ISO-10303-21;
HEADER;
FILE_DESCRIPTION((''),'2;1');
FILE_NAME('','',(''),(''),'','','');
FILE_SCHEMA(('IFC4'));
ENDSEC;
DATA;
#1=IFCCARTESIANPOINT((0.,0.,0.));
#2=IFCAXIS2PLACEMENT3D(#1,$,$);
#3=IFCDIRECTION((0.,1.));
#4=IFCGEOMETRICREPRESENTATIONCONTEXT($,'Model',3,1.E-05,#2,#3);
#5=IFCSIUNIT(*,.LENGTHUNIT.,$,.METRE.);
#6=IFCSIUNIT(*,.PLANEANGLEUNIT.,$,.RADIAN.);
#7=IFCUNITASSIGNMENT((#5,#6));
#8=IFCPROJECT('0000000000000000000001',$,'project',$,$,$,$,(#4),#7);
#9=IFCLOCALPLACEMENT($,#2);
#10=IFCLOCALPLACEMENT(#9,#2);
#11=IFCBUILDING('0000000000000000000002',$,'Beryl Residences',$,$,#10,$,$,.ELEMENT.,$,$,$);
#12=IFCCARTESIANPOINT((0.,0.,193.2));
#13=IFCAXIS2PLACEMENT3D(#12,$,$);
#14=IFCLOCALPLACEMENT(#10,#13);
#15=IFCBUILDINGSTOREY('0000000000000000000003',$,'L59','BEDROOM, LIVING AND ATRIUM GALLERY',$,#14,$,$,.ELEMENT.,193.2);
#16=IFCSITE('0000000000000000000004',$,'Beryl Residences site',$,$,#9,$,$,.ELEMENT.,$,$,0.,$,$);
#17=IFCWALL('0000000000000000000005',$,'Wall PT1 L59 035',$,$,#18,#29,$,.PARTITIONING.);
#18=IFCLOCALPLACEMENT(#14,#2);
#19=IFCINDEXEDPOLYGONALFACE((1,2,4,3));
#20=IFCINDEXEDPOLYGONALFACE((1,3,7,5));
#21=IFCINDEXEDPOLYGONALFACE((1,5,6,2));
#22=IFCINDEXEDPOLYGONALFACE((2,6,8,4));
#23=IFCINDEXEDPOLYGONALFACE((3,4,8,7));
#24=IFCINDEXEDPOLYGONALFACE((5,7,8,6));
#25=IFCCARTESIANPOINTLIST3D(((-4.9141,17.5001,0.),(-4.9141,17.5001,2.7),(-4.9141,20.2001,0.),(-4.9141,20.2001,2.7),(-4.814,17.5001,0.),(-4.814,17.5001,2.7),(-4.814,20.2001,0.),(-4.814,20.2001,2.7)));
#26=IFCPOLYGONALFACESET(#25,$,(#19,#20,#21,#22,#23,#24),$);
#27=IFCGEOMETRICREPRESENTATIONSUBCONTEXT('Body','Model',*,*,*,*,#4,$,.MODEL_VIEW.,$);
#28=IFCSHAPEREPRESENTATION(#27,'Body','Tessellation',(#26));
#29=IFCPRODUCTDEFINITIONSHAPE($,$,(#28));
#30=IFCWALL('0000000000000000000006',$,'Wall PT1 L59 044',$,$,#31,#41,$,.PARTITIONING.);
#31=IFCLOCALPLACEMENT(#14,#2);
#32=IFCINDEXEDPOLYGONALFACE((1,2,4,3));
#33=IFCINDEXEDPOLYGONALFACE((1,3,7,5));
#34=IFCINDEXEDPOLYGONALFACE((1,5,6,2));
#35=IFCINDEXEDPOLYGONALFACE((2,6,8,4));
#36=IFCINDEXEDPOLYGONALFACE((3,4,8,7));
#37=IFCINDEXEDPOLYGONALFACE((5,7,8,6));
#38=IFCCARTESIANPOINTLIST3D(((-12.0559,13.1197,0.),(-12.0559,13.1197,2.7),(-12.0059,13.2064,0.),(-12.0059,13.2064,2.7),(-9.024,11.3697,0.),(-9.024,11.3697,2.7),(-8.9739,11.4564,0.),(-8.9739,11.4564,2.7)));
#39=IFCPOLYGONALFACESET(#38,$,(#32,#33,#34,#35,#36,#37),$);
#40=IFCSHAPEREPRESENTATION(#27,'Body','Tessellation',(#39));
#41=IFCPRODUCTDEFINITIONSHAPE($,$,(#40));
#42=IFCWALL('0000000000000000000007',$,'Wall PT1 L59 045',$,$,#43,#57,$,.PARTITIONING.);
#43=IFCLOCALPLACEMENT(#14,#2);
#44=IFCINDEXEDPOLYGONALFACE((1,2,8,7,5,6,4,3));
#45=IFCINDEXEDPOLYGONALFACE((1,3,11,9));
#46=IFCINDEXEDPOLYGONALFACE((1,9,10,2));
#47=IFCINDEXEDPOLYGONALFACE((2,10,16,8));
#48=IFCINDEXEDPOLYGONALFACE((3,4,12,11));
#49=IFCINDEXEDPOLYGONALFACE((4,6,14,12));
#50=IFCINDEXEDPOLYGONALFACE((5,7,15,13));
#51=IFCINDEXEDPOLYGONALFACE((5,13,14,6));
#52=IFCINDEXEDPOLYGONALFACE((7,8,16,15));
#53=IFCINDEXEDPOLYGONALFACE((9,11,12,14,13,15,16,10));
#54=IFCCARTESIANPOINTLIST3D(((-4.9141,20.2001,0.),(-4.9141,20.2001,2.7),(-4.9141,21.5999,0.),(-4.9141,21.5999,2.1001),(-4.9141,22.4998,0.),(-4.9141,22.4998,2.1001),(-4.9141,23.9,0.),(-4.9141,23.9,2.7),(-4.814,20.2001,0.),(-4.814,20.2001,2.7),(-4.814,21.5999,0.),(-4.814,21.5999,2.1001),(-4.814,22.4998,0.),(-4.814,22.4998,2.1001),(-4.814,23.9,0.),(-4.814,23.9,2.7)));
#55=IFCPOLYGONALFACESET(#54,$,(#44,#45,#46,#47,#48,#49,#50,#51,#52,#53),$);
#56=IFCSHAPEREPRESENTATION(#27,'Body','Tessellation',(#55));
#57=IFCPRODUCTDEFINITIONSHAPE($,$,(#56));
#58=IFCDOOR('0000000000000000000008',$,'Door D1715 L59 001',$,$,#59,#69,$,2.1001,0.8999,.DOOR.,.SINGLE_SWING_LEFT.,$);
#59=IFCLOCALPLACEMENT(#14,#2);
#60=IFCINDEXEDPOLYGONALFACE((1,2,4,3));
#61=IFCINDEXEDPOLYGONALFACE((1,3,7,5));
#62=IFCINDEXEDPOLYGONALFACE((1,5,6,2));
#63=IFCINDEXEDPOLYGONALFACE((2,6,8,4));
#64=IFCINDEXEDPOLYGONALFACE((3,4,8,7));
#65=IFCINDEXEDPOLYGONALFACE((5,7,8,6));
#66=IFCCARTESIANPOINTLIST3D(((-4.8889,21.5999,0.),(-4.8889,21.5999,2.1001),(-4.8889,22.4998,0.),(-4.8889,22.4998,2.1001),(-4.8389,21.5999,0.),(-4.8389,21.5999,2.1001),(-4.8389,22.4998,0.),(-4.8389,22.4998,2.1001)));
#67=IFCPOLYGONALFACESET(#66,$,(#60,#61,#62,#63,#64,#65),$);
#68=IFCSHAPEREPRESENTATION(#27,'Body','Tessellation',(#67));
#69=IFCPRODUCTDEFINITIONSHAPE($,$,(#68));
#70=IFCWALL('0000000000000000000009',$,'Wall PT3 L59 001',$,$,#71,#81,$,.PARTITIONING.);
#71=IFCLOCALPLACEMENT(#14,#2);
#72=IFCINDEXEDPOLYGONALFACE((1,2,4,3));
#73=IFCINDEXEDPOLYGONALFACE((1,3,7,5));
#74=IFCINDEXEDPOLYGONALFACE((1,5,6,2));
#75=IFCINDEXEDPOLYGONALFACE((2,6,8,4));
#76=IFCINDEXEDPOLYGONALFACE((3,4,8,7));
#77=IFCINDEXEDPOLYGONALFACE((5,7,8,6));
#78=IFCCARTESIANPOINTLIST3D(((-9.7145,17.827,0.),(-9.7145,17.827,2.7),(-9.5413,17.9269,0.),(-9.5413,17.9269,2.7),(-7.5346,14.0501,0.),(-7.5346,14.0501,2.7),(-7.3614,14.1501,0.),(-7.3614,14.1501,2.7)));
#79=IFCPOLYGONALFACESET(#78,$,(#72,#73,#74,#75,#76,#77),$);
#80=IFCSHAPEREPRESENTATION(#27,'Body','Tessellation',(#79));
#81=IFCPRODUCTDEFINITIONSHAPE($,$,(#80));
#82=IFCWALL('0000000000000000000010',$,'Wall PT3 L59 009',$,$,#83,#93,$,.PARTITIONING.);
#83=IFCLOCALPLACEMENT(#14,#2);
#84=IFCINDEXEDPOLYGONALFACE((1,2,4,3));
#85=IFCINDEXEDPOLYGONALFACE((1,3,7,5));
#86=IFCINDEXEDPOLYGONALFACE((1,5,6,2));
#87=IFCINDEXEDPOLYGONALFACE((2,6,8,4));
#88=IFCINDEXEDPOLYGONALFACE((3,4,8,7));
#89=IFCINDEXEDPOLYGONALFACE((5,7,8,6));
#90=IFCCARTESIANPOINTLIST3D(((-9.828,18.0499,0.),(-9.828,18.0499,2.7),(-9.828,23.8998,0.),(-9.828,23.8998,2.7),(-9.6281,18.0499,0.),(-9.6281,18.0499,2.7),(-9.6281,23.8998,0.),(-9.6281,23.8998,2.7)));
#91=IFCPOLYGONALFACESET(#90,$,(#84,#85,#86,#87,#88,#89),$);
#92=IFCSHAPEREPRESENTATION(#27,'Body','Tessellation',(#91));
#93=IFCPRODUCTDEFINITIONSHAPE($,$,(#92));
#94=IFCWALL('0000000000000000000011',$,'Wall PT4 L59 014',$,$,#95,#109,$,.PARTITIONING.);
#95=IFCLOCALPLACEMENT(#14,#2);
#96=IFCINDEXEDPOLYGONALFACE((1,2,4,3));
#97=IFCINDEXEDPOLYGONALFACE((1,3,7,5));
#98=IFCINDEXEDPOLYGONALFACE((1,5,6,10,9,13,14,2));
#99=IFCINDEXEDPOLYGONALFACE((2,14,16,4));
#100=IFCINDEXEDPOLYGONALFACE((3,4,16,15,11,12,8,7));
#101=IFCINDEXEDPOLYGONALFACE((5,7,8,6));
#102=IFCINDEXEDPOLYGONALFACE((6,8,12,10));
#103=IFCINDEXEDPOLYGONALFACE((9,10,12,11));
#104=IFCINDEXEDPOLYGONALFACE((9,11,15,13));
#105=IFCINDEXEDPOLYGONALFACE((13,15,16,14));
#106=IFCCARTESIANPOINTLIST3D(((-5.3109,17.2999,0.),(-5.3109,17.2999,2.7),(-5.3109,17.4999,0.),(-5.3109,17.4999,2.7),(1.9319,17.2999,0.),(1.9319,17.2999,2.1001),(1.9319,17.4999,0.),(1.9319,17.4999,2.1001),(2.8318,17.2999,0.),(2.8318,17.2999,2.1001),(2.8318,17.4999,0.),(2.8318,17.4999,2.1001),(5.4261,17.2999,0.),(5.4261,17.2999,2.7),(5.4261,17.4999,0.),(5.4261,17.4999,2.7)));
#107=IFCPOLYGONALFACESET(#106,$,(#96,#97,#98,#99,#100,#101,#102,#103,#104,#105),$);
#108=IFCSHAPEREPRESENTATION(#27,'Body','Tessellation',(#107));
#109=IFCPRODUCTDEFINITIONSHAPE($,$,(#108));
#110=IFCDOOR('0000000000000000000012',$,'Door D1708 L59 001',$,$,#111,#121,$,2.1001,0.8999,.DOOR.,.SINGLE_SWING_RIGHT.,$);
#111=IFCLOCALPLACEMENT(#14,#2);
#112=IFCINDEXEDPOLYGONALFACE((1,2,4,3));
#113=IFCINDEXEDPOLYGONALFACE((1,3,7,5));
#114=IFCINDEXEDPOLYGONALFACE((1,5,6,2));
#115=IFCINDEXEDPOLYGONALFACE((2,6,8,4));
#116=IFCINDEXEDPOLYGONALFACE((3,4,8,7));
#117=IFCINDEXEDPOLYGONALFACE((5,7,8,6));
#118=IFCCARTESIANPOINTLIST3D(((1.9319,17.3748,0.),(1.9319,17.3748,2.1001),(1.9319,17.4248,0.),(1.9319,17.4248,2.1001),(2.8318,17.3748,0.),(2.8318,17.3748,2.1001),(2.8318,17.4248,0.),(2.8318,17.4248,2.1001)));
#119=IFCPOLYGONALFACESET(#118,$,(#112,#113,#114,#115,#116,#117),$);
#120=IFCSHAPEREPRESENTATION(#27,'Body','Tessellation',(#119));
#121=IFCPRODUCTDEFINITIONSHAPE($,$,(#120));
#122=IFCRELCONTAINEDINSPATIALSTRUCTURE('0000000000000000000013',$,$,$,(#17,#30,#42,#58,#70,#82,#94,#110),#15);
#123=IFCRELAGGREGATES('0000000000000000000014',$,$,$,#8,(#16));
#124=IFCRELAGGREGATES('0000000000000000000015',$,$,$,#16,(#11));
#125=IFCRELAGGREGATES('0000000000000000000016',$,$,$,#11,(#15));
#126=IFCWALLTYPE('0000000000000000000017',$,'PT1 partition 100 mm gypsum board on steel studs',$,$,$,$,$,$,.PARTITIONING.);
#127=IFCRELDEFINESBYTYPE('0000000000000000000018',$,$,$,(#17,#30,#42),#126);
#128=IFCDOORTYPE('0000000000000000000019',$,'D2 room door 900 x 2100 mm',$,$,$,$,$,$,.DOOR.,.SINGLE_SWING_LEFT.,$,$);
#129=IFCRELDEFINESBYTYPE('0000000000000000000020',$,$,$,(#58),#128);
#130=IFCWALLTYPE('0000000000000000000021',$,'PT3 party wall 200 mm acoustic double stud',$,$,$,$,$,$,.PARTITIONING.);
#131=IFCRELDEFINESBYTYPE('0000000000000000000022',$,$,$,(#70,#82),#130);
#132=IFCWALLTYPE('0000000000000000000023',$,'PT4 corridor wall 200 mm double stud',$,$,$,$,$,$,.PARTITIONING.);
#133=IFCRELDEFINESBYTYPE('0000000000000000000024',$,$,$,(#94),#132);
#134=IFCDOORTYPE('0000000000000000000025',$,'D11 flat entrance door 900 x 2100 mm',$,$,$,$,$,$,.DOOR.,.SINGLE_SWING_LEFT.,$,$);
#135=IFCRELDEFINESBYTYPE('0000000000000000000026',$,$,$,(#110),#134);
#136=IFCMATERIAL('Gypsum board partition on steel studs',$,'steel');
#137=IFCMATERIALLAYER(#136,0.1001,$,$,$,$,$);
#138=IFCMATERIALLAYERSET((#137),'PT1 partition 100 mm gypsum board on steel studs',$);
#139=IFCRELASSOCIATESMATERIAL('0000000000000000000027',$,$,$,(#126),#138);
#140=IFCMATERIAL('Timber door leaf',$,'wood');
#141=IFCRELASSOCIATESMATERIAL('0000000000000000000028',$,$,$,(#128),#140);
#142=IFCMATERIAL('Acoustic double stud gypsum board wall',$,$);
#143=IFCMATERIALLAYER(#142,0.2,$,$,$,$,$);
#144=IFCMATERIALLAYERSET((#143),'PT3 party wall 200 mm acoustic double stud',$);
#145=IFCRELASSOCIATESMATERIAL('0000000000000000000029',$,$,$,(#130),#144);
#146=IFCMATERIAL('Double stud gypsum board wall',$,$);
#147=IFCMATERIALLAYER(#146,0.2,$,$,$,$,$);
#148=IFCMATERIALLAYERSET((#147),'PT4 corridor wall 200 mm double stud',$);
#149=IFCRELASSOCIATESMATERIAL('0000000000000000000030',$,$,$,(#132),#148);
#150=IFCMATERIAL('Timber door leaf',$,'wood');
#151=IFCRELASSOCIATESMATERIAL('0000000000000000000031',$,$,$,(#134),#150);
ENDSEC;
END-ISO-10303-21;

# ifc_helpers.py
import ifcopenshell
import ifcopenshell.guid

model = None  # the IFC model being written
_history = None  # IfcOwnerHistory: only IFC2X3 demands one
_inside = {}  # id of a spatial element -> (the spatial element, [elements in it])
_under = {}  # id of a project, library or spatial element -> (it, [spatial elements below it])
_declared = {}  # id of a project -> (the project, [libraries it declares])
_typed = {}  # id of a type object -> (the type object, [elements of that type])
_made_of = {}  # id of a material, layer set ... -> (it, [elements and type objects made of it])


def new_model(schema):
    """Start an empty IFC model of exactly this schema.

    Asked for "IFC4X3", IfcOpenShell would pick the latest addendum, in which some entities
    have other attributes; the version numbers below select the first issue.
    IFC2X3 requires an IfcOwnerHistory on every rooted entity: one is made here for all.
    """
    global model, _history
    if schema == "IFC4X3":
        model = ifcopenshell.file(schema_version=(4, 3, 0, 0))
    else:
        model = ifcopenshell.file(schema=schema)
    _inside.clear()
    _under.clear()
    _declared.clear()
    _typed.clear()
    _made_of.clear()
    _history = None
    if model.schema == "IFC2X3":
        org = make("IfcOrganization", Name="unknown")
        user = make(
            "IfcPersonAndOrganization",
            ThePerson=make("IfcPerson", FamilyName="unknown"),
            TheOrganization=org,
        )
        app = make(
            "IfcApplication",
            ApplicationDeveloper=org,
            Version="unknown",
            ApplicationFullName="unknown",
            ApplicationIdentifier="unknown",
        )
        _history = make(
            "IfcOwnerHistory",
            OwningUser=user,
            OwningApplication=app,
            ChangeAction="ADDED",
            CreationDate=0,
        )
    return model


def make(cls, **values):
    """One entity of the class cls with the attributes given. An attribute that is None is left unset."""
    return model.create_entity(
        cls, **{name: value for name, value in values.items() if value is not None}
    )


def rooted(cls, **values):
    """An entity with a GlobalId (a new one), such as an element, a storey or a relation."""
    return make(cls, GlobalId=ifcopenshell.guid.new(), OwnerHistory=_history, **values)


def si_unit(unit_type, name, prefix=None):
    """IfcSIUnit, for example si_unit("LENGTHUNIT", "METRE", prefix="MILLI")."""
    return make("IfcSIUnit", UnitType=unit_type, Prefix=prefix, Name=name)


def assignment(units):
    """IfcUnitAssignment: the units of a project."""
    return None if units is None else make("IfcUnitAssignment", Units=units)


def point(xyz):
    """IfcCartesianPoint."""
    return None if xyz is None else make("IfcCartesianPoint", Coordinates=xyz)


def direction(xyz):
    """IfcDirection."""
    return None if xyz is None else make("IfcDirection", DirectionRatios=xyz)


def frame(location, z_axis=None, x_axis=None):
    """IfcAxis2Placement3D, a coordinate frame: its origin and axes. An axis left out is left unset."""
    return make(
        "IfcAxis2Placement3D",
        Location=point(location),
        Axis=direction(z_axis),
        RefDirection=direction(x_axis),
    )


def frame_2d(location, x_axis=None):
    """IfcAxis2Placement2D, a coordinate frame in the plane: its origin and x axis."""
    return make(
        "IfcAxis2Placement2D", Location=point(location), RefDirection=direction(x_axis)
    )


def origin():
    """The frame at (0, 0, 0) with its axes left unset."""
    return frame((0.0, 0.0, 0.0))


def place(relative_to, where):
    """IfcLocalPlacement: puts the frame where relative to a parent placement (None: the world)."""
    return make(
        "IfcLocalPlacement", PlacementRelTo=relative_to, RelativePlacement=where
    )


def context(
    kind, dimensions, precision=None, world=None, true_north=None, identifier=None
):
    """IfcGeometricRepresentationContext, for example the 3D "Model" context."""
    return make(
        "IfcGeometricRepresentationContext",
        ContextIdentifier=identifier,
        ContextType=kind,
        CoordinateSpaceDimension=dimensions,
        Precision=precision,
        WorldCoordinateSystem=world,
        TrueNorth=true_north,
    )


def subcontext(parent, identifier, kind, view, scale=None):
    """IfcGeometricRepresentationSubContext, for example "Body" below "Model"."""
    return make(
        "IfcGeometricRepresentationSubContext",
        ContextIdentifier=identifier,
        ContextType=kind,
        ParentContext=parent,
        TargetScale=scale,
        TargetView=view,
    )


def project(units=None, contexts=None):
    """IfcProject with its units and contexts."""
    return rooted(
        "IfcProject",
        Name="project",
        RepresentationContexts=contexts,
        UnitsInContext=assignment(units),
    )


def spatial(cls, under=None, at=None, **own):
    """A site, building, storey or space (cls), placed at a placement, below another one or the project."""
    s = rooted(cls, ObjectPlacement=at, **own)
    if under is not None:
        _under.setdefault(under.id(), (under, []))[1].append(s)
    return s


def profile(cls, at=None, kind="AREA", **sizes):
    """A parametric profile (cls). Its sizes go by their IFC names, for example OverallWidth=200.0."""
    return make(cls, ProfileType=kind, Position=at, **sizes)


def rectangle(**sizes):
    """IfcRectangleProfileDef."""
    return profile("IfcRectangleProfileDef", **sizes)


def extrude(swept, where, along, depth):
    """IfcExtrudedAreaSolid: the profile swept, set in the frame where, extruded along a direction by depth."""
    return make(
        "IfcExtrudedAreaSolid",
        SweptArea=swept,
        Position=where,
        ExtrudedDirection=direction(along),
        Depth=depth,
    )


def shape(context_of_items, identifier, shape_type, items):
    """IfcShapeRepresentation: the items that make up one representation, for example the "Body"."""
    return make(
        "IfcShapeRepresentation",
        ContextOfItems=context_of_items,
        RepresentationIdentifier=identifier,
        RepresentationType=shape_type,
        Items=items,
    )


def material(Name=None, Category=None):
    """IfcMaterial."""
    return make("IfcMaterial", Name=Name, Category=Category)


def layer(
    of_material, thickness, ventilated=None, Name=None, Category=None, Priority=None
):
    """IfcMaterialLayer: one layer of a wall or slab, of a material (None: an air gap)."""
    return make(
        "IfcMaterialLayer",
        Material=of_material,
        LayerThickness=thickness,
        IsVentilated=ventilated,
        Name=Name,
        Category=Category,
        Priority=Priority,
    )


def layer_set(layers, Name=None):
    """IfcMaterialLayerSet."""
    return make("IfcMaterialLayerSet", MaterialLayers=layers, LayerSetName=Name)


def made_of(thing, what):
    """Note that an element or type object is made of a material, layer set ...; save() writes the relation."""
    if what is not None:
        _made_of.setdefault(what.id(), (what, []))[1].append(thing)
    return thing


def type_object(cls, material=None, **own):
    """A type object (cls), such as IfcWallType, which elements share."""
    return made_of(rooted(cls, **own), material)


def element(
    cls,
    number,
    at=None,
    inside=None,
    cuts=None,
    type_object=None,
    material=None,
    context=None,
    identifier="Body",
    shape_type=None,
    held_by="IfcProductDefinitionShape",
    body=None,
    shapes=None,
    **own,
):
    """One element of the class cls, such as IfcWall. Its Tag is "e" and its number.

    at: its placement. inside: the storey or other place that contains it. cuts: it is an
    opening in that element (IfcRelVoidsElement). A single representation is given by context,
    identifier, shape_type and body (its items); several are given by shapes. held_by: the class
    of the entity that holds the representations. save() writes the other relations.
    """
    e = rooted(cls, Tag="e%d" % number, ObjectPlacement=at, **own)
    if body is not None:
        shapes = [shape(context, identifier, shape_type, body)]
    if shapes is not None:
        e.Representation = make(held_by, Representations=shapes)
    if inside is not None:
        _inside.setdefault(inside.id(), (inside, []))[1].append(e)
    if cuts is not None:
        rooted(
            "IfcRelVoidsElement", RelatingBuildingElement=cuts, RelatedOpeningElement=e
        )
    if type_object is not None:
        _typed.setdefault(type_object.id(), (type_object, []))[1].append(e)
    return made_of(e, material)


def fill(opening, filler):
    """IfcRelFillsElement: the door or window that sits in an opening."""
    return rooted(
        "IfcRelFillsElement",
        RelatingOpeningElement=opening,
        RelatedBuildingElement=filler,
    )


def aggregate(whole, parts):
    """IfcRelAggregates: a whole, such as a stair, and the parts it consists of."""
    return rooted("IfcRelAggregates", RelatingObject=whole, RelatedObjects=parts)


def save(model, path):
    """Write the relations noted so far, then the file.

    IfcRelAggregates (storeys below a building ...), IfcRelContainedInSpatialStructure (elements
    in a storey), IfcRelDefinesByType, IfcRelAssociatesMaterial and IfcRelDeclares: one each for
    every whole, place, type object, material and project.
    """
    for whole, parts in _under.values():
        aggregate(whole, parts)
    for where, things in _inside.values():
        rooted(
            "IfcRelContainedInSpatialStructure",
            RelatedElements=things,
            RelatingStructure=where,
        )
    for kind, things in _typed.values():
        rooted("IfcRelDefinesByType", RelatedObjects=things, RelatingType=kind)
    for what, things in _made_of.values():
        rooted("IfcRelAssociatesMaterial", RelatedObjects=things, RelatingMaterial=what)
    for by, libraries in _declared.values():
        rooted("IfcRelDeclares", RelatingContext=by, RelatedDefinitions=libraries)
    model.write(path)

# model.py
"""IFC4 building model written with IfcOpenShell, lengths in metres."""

from ifc_helpers import new_model, si_unit, direction, frame, frame_2d, origin, place, context, subcontext, project, spatial, rectangle, extrude, material, layer, layer_set, type_object, element, fill, save


model = new_model("IFC4")

# Units and contexts
model_context = context("Model", 3, precision=1e-05, world=origin(), true_north=direction((0.0, 1.0)))
body_context = subcontext(model_context, "Body", "Model", "MODEL_VIEW")
ifc_project = project(units=[si_unit("LENGTHUNIT", "METRE"), si_unit("PLANEANGLEUNIT", "RADIAN")], contexts=[model_context])

# Site, building, storey
site_placement = place(None, origin())
site = spatial("IfcSite", under=ifc_project, at=site_placement, Name="Beryl Residences site", CompositionType="ELEMENT", RefElevation=0.0)
building_placement = place(site_placement, origin())
building = spatial("IfcBuilding", under=site, at=building_placement, Name="Beryl Residences", CompositionType="ELEMENT")
storey_placement = place(building_placement, frame((0.0, 0.0, 193.2)))
storey = spatial("IfcBuildingStorey", under=building, at=storey_placement, Name="L59", Description="BEDROOM, LIVING AND ATRIUM GALLERY", CompositionType="ELEMENT", Elevation=193.2)

# Shared definitions
ifc_material_1 = material(Name="Gypsum board partition on steel studs", Category="steel")
ifc_layer_1 = layer(ifc_material_1, 0.1001)
ifc_layer_set_1 = layer_set([ifc_layer_1], Name="PT1 partition 100 mm gypsum board on steel studs")
wall_type_1 = type_object("IfcWallType", Name="PT1 partition 100 mm gypsum board on steel studs", PredefinedType="PARTITIONING", material=ifc_layer_set_1)

# Walls
wall_1_placement = place(storey_placement, frame((-4.864, 17.5, 0.0), z_axis=(0.0, 0.0, 1.0), x_axis=(0.0, 1.0, 0.0)))
element("IfcWall", 1, at=wall_1_placement, inside=storey, type_object=wall_type_1, Name="Wall PT1 L59 035", PredefinedType="PARTITIONING", context=body_context, shape_type="SweptSolid", body=[
    extrude(rectangle(XDim=2.7, YDim=0.1001, at=frame_2d((1.3501, 0.0))), origin(), (0.0, 0.0, 1.0), 2.7),
])
wall_2_placement = place(storey_placement, frame((-12.031, 13.1631, 0.0), z_axis=(0.0, 0.0, 1.0), x_axis=(0.866089, -0.499889, 0.0)))
element("IfcWall", 2, at=wall_2_placement, inside=storey, type_object=wall_type_1, Name="Wall PT1 L59 044", PredefinedType="PARTITIONING", context=body_context, shape_type="SweptSolid", body=[
    extrude(rectangle(XDim=3.5007, YDim=0.1001, at=frame_2d((1.7505, 0.0))), origin(), (0.0, 0.0, 1.0), 2.7),
])

# Wall, opening, door
wall_3_placement = place(storey_placement, frame((-4.864, 20.2, 0.0), z_axis=(0.0, 0.0, 1.0), x_axis=(0.0, 1.0, 0.0)))
wall_3 = element("IfcWall", 3, at=wall_3_placement, inside=storey, type_object=wall_type_1, Name="Wall PT1 L59 045", PredefinedType="PARTITIONING", context=body_context, shape_type="SweptSolid", body=[
    extrude(rectangle(XDim=3.7, YDim=0.1001, at=frame_2d((1.8501, 0.0))), origin(), (0.0, 0.0, 1.0), 2.7),
])
opening_1_placement = place(wall_3_placement, frame((1.3999, 0.0, 0.0)))
opening_1 = element("IfcOpeningElement", 4, at=opening_1_placement, cuts=wall_3, PredefinedType="OPENING", context=body_context, shape_type="SweptSolid", body=[
    extrude(rectangle(XDim=0.8999, YDim=2.1001, at=frame_2d((0.45, 1.05))), frame((0.0, 0.0601, 0.0), z_axis=(0.0, -1.0, 0.0), x_axis=(1.0, 0.0, 0.0)), (0.0, 0.0, 1.0), 0.1201),
])
ifc_material_2 = material(Name="Timber door leaf", Category="wood")
door_type_1 = type_object("IfcDoorType", Name="D2 room door 900 x 2100 mm", OperationType="SINGLE_SWING_LEFT", PredefinedType="DOOR", material=ifc_material_2)
door_1_placement = place(opening_1_placement, origin())
door_1 = element("IfcDoor", 5, at=door_1_placement, inside=storey, type_object=door_type_1, Name="Door D1715 L59 001", OperationType="SINGLE_SWING_LEFT", OverallHeight=2.1001, OverallWidth=0.8999, PredefinedType="DOOR", context=body_context, shape_type="SweptSolid", body=[
    extrude(rectangle(XDim=0.8999, YDim=2.1001, at=frame_2d((0.45, 1.05))), frame((0.0, 0.0249, 0.0), z_axis=(0.0, -1.0, 0.0), x_axis=(1.0, 0.0, 0.0)), (0.0, 0.0, 1.0), 0.05),
])
fill(opening_1, door_1)

# Walls
ifc_material_3 = material(Name="Acoustic double stud gypsum board wall")
ifc_layer_2 = layer(ifc_material_3, 0.2)
ifc_layer_set_2 = layer_set([ifc_layer_2], Name="PT3 party wall 200 mm acoustic double stud")
wall_type_2 = type_object("IfcWallType", Name="PT3 party wall 200 mm acoustic double stud", PredefinedType="PARTITIONING", material=ifc_layer_set_2)
wall_4_placement = place(storey_placement, frame((-9.6279, 17.877, 0.0), z_axis=(0.0, 0.0, 1.0), x_axis=(0.49989, -0.866089, 0.0)))
element("IfcWall", 6, at=wall_4_placement, inside=storey, type_object=wall_type_2, Name="Wall PT3 L59 001", PredefinedType="PARTITIONING", context=body_context, shape_type="SweptSolid", body=[
    extrude(rectangle(XDim=4.3608, YDim=0.2, at=frame_2d((2.1804, 0.0))), origin(), (0.0, 0.0, 1.0), 2.7),
])
wall_5_placement = place(storey_placement, frame((-9.728, 18.05, 0.0), z_axis=(0.0, 0.0, 1.0), x_axis=(0.0, 1.0, 0.0)))
element("IfcWall", 7, at=wall_5_placement, inside=storey, type_object=wall_type_2, Name="Wall PT3 L59 009", PredefinedType="PARTITIONING", context=body_context, shape_type="SweptSolid", body=[
    extrude(rectangle(XDim=5.8499, YDim=0.2, at=frame_2d((2.9248, 0.0))), origin(), (0.0, 0.0, 1.0), 2.7),
])

# Wall, opening, door
ifc_material_4 = material(Name="Double stud gypsum board wall")
ifc_layer_3 = layer(ifc_material_4, 0.2)
ifc_layer_set_3 = layer_set([ifc_layer_3], Name="PT4 corridor wall 200 mm double stud")
wall_type_3 = type_object("IfcWallType", Name="PT4 corridor wall 200 mm double stud", PredefinedType="PARTITIONING", material=ifc_layer_set_3)
wall_6_placement = place(storey_placement, frame((-5.311, 17.3999, 0.0), z_axis=(0.0, 0.0, 1.0), x_axis=(1.0, 0.0, 0.0)))
wall_6 = element("IfcWall", 8, at=wall_6_placement, inside=storey, type_object=wall_type_3, Name="Wall PT4 L59 014", PredefinedType="PARTITIONING", context=body_context, shape_type="SweptSolid", body=[
    extrude(rectangle(XDim=10.7371, YDim=0.2, at=frame_2d((5.3687, 0.0))), origin(), (0.0, 0.0, 1.0), 2.7),
])
opening_2_placement = place(wall_6_placement, frame((7.2429, 0.0, 0.0)))
opening_2 = element("IfcOpeningElement", 9, at=opening_2_placement, cuts=wall_6, PredefinedType="OPENING", context=body_context, shape_type="SweptSolid", body=[
    extrude(rectangle(XDim=0.8999, YDim=2.1001, at=frame_2d((0.45, 1.05))), frame((0.0, 0.1099, 0.0), z_axis=(0.0, -1.0, 0.0), x_axis=(1.0, 0.0, 0.0)), (0.0, 0.0, 1.0), 0.22),
])
ifc_material_5 = material(Name="Timber door leaf", Category="wood")
door_type_2 = type_object("IfcDoorType", Name="D11 flat entrance door 900 x 2100 mm", OperationType="SINGLE_SWING_LEFT", PredefinedType="DOOR", material=ifc_material_5)
door_2_placement = place(opening_2_placement, origin())
door_2 = element("IfcDoor", 10, at=door_2_placement, inside=storey, type_object=door_type_2, Name="Door D1708 L59 001", OperationType="SINGLE_SWING_RIGHT", OverallHeight=2.1001, OverallWidth=0.8999, PredefinedType="DOOR", context=body_context, shape_type="SweptSolid", body=[
    extrude(rectangle(XDim=0.8999, YDim=2.1001, at=frame_2d((0.45, 1.05))), frame((0.0, 0.0249, 0.0), z_axis=(0.0, -1.0, 0.0), x_axis=(1.0, 0.0, 0.0)), (0.0, 0.0, 1.0), 0.05),
])
fill(opening_2, door_2)

save(model, "model.ifc")
